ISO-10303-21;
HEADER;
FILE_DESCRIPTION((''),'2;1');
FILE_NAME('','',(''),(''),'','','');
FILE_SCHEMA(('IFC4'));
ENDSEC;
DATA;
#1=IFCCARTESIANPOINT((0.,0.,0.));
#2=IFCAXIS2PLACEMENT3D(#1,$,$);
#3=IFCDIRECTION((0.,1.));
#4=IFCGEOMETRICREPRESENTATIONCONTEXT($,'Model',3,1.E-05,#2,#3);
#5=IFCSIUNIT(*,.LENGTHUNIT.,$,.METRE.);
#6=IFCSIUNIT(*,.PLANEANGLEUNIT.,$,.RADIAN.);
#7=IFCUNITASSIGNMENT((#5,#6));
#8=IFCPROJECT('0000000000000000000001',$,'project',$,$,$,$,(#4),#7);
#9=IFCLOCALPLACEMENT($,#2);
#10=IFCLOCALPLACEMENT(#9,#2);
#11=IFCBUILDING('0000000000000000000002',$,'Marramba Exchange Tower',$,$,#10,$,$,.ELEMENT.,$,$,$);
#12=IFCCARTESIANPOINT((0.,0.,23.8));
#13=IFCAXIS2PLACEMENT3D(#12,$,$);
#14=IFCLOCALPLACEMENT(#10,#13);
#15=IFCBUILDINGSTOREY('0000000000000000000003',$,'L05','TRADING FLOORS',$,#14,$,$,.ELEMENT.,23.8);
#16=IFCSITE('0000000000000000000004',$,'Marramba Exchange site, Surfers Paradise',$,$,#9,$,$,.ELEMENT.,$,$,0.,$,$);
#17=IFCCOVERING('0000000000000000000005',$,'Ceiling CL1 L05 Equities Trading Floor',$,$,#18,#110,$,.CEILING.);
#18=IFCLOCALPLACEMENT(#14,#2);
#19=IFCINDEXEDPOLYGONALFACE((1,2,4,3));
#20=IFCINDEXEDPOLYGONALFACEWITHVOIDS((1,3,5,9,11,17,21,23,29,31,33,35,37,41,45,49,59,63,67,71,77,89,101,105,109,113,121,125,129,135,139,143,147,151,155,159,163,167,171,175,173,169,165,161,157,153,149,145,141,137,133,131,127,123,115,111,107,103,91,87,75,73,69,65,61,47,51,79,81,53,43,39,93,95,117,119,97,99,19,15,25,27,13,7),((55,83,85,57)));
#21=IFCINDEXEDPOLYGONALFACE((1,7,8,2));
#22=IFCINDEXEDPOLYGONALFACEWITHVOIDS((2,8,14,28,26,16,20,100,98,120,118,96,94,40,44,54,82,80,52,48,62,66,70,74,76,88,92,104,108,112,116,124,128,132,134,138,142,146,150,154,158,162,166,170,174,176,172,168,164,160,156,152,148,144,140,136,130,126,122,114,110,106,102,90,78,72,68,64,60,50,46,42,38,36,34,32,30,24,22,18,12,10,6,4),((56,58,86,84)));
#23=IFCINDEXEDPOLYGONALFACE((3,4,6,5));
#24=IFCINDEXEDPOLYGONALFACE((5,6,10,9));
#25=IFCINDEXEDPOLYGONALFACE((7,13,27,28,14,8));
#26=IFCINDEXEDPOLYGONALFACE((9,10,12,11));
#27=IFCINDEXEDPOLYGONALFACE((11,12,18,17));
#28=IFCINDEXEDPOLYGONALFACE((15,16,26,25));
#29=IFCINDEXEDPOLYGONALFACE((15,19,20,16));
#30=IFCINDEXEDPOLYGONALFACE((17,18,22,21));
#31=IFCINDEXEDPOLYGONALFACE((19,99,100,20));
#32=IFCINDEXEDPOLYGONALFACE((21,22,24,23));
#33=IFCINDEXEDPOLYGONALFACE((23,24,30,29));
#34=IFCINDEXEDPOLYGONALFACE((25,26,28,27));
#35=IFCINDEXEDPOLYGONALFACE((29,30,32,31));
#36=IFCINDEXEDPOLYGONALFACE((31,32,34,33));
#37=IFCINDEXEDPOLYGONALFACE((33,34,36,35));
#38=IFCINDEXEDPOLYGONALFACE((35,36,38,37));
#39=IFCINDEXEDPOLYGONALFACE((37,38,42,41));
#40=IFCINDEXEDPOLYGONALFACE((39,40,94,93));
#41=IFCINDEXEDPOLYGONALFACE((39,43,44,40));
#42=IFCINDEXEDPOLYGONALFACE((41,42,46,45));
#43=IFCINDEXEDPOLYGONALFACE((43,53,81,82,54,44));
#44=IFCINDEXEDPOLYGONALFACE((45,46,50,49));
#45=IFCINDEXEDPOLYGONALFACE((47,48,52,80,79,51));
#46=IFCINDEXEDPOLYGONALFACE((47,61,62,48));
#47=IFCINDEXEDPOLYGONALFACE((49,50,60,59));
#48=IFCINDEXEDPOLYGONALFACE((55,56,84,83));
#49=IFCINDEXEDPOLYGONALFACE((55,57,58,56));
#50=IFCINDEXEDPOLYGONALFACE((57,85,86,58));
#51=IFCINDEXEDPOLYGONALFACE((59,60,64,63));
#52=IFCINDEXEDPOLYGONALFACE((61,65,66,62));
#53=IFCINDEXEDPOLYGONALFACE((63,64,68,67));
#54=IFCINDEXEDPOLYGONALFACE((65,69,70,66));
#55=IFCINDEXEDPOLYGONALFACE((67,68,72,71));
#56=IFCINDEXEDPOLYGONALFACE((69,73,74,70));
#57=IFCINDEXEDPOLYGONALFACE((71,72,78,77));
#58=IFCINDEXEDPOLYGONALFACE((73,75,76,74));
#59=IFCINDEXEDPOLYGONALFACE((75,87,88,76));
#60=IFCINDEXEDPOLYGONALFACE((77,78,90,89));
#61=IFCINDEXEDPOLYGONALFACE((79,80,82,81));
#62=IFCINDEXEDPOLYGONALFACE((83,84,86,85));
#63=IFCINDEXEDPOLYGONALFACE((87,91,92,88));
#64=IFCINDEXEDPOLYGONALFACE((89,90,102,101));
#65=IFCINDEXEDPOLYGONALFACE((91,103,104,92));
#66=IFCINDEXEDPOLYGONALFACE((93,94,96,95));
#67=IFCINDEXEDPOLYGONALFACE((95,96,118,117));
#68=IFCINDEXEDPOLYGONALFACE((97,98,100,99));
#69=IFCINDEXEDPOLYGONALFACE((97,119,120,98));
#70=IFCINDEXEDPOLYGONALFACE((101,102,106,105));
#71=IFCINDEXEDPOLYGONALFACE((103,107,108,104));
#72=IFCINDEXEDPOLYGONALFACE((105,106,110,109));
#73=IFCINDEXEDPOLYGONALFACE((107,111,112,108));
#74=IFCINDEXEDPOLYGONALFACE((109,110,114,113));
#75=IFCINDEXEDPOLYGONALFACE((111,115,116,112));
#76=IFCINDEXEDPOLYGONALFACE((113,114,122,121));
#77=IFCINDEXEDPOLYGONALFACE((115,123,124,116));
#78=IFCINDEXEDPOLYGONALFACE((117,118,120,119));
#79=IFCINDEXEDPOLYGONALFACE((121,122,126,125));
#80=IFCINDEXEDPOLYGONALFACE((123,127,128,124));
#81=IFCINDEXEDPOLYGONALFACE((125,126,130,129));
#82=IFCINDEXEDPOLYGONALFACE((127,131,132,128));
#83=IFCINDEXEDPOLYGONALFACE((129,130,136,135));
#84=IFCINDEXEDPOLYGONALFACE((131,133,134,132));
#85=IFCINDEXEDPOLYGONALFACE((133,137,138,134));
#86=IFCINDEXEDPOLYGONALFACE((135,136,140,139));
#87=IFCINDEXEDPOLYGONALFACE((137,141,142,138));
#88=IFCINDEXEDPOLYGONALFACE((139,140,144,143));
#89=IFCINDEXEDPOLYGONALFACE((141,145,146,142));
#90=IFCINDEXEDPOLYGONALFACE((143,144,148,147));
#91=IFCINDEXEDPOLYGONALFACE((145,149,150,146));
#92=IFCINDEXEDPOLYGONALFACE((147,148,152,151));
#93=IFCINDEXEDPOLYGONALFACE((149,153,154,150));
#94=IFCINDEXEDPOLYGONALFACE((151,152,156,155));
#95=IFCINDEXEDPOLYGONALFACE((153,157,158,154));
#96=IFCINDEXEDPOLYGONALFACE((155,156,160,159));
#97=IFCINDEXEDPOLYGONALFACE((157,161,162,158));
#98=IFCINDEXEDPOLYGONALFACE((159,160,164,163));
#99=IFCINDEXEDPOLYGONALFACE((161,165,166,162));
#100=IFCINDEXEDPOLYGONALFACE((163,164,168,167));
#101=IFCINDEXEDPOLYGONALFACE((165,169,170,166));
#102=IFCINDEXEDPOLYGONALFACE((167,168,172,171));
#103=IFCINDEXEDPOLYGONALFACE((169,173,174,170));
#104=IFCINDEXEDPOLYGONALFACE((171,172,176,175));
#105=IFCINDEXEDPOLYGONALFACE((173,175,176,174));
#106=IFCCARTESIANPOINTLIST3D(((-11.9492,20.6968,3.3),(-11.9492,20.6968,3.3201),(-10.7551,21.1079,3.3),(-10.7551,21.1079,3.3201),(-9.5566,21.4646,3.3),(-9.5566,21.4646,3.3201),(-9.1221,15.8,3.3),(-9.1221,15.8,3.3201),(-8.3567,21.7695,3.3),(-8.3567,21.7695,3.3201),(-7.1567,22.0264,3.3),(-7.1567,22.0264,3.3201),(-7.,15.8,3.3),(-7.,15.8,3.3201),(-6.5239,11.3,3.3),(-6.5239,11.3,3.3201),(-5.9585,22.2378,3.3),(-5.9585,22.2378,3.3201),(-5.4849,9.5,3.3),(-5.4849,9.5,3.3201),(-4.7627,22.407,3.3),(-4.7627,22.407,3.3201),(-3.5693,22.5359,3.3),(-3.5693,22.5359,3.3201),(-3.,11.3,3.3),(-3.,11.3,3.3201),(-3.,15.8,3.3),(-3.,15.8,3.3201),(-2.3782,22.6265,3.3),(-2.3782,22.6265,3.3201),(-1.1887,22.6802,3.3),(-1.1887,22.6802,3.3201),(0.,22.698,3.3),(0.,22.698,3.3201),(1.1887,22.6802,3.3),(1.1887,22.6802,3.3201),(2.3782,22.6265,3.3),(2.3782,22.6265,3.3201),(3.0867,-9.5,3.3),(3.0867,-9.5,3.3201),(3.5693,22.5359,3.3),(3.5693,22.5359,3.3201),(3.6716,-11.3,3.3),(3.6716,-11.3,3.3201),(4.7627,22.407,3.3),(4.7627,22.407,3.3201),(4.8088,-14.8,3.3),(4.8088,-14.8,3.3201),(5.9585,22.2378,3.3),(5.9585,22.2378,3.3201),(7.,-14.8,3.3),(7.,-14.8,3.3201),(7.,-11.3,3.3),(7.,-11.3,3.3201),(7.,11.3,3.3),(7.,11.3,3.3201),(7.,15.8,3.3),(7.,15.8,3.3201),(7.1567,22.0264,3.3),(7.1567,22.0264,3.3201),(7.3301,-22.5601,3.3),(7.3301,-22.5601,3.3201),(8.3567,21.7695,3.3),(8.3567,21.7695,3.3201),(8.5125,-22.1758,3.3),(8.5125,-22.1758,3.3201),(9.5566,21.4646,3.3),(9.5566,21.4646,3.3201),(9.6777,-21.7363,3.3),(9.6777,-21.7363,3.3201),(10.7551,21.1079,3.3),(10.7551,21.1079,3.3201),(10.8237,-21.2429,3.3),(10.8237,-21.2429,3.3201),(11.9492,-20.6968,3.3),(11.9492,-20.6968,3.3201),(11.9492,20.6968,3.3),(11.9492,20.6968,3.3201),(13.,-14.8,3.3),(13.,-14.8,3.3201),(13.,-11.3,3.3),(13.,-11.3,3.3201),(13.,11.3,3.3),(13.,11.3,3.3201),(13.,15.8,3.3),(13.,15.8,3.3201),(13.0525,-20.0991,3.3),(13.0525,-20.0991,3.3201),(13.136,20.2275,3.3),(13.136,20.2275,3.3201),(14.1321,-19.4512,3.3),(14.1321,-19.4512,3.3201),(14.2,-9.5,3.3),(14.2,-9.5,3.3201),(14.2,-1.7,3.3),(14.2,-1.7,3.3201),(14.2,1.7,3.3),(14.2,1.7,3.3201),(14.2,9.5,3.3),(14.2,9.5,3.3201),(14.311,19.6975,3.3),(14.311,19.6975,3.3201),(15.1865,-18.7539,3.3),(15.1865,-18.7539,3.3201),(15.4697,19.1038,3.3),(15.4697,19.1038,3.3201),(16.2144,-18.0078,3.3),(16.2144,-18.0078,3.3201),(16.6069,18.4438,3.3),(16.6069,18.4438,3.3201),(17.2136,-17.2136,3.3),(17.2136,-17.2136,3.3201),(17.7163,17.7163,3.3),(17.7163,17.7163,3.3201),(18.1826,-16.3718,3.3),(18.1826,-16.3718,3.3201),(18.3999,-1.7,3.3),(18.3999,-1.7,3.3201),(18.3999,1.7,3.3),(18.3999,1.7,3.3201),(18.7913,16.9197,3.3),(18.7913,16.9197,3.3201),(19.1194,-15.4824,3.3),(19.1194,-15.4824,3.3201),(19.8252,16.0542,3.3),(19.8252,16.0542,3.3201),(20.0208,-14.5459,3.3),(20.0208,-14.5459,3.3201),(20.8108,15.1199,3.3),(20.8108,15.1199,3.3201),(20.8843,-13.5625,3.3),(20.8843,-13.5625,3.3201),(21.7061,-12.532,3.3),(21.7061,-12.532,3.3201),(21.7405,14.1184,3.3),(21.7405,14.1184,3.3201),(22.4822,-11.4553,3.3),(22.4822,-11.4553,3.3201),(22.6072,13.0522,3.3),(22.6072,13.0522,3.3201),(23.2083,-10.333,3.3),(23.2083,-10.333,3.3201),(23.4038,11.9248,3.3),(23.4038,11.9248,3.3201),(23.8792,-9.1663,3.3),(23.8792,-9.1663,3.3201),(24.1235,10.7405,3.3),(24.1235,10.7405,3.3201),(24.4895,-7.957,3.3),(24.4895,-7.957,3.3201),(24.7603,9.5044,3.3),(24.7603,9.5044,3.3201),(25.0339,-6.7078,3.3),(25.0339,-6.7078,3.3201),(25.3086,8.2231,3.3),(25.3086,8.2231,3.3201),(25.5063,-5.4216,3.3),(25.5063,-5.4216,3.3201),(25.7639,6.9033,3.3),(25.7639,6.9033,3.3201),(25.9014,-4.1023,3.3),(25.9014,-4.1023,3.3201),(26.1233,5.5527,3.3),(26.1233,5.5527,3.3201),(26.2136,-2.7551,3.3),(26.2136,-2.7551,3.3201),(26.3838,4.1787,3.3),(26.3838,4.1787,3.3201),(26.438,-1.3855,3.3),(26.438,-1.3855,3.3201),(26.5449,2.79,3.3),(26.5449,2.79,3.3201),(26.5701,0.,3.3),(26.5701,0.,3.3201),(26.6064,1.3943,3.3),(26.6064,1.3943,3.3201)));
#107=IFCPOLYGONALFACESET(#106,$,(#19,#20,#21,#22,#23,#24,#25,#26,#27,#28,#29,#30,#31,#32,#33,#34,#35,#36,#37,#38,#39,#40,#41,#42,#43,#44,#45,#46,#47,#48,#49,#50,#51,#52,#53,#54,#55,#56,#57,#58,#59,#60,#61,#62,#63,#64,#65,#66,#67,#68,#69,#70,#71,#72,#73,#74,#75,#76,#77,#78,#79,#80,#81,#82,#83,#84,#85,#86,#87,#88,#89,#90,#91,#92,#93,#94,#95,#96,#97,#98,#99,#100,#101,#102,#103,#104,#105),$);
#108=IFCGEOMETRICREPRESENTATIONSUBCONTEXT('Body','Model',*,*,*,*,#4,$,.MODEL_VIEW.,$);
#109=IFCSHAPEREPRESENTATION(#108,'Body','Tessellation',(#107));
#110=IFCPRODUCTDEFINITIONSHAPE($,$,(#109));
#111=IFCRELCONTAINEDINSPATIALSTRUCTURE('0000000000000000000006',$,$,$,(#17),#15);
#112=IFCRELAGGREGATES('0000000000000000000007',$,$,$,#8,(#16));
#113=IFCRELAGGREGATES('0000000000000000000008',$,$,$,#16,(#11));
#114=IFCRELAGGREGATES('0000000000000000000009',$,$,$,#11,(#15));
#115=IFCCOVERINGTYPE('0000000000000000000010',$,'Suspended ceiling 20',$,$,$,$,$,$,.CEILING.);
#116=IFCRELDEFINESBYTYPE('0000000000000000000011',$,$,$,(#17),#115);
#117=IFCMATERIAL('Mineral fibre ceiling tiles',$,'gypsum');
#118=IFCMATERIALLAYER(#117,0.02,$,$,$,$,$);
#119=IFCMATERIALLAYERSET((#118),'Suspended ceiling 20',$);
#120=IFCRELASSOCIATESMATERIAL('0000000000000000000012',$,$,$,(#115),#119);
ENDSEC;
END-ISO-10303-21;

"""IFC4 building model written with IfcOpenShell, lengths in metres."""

from ifc_helpers import new_model, si_unit, direction, frame, origin, place, context, subcontext, project, spatial, polyline, outline, extrude, material, layer, layer_set, type_object, element, save


model = new_model("IFC4")

# Units and contexts
model_context = context("Model", 3, precision=1e-05, world=origin(), true_north=direction((0.0, 1.0)))
body_context = subcontext(model_context, "Body", "Model", "MODEL_VIEW")
ifc_project = project(units=[si_unit("LENGTHUNIT", "METRE"), si_unit("PLANEANGLEUNIT", "RADIAN")], contexts=[model_context])

# Site, building, storey
site_placement = place(None, origin())
site = spatial("IfcSite", under=ifc_project, at=site_placement, Name="Marramba Exchange site, Surfers Paradise", CompositionType="ELEMENT", RefElevation=0.0)
building_placement = place(site_placement, origin())
building = spatial("IfcBuilding", under=site, at=building_placement, Name="Marramba Exchange Tower", CompositionType="ELEMENT")
storey_placement = place(building_placement, frame((0.0, 0.0, 23.8)))
storey = spatial("IfcBuildingStorey", under=building, at=storey_placement, Name="L05", Description="TRADING FLOORS", CompositionType="ELEMENT", Elevation=23.8)

# Covering
ifc_material_1 = material(Name="Mineral fibre ceiling tiles", Category="gypsum")
ifc_layer_1 = layer(ifc_material_1, 0.02)
ifc_layer_set_1 = layer_set([ifc_layer_1], Name="Suspended ceiling 20")
covering_type_1 = type_object("IfcCoveringType", Name="Suspended ceiling 20", PredefinedType="CEILING", material=ifc_layer_set_1)
covering_1_placement = place(storey_placement, frame((0.0, 0.0, 3.3)))
element("IfcCovering", 1, at=covering_1_placement, inside=storey, type_object=covering_type_1, Name="Ceiling CL1 L05 Equities Trading Floor", PredefinedType="CEILING", context=body_context, shape_type="SweptSolid", body=[
    extrude(outline(polyline([(14.2, -1.7), (18.3999, -1.7), (18.3999, 1.7), (14.2, 1.7), (14.2, 9.5), (-5.4849, 9.5), (-6.5239, 11.3), (-3.0, 11.3), (-3.0, 15.8), (-7.0, 15.8), (-9.1221, 15.8), (-11.9492, 20.6968), (-10.7551, 21.1079), (-9.5566, 21.4646), (-8.3567, 21.7695), (-7.1567, 22.0264), (-5.9585, 22.2378), (-4.7627, 22.407), (-3.5693, 22.5359), (-2.3782, 22.6265), (-1.1887, 22.6802), (0.0, 22.698), (1.1887, 22.6802), (2.3782, 22.6265), (3.5693, 22.5359), (4.7627, 22.407), (5.9585, 22.2378), (7.1567, 22.0264), (8.3567, 21.7695), (9.5566, 21.4646), (10.7551, 21.1079), (11.9492, 20.6968), (13.136, 20.2275), (14.311, 19.6975), (15.4697, 19.1038), (16.6069, 18.4438), (17.7163, 17.7163), (18.7913, 16.9197), (19.8252, 16.0542), (20.8108, 15.1199), (21.7405, 14.1184), (22.6072, 13.0522), (23.4038, 11.9248), (24.1235, 10.7405), (24.7603, 9.5044), (25.3086, 8.2231), (25.7639, 6.9033), (26.1233, 5.5527), (26.3838, 4.1787), (26.5449, 2.79), (26.6064, 1.3943), (26.5701, 0.0), (26.438, -1.3855), (26.2136, -2.7551), (25.9014, -4.1023), (25.5063, -5.4216), (25.0339, -6.7078), (24.4895, -7.957), (23.8792, -9.1663), (23.2083, -10.333), (22.4822, -11.4553), (21.7061, -12.532), (20.8843, -13.5625), (20.0208, -14.5459), (19.1194, -15.4824), (18.1826, -16.3718), (17.2136, -17.2136), (16.2144, -18.0078), (15.1865, -18.7539), (14.1321, -19.4512), (13.0525, -20.0991), (11.9492, -20.6968), (10.8237, -21.2429), (9.6777, -21.7363), (8.5125, -22.1758), (7.3301, -22.5601), (4.8088, -14.8), (7.0, -14.8), (13.0, -14.8), (13.0, -11.3), (7.0, -11.3), (3.6716, -11.3), (3.0867, -9.5), (14.2, -9.5), (14.2, -1.7)]), holes=[polyline([(7.0, 15.8), (7.0, 11.3), (13.0, 11.3), (13.0, 15.8), (7.0, 15.8)])]), origin(), (0.0, 0.0, 1.0), 0.02),
])

save(model, "model.ifc")
